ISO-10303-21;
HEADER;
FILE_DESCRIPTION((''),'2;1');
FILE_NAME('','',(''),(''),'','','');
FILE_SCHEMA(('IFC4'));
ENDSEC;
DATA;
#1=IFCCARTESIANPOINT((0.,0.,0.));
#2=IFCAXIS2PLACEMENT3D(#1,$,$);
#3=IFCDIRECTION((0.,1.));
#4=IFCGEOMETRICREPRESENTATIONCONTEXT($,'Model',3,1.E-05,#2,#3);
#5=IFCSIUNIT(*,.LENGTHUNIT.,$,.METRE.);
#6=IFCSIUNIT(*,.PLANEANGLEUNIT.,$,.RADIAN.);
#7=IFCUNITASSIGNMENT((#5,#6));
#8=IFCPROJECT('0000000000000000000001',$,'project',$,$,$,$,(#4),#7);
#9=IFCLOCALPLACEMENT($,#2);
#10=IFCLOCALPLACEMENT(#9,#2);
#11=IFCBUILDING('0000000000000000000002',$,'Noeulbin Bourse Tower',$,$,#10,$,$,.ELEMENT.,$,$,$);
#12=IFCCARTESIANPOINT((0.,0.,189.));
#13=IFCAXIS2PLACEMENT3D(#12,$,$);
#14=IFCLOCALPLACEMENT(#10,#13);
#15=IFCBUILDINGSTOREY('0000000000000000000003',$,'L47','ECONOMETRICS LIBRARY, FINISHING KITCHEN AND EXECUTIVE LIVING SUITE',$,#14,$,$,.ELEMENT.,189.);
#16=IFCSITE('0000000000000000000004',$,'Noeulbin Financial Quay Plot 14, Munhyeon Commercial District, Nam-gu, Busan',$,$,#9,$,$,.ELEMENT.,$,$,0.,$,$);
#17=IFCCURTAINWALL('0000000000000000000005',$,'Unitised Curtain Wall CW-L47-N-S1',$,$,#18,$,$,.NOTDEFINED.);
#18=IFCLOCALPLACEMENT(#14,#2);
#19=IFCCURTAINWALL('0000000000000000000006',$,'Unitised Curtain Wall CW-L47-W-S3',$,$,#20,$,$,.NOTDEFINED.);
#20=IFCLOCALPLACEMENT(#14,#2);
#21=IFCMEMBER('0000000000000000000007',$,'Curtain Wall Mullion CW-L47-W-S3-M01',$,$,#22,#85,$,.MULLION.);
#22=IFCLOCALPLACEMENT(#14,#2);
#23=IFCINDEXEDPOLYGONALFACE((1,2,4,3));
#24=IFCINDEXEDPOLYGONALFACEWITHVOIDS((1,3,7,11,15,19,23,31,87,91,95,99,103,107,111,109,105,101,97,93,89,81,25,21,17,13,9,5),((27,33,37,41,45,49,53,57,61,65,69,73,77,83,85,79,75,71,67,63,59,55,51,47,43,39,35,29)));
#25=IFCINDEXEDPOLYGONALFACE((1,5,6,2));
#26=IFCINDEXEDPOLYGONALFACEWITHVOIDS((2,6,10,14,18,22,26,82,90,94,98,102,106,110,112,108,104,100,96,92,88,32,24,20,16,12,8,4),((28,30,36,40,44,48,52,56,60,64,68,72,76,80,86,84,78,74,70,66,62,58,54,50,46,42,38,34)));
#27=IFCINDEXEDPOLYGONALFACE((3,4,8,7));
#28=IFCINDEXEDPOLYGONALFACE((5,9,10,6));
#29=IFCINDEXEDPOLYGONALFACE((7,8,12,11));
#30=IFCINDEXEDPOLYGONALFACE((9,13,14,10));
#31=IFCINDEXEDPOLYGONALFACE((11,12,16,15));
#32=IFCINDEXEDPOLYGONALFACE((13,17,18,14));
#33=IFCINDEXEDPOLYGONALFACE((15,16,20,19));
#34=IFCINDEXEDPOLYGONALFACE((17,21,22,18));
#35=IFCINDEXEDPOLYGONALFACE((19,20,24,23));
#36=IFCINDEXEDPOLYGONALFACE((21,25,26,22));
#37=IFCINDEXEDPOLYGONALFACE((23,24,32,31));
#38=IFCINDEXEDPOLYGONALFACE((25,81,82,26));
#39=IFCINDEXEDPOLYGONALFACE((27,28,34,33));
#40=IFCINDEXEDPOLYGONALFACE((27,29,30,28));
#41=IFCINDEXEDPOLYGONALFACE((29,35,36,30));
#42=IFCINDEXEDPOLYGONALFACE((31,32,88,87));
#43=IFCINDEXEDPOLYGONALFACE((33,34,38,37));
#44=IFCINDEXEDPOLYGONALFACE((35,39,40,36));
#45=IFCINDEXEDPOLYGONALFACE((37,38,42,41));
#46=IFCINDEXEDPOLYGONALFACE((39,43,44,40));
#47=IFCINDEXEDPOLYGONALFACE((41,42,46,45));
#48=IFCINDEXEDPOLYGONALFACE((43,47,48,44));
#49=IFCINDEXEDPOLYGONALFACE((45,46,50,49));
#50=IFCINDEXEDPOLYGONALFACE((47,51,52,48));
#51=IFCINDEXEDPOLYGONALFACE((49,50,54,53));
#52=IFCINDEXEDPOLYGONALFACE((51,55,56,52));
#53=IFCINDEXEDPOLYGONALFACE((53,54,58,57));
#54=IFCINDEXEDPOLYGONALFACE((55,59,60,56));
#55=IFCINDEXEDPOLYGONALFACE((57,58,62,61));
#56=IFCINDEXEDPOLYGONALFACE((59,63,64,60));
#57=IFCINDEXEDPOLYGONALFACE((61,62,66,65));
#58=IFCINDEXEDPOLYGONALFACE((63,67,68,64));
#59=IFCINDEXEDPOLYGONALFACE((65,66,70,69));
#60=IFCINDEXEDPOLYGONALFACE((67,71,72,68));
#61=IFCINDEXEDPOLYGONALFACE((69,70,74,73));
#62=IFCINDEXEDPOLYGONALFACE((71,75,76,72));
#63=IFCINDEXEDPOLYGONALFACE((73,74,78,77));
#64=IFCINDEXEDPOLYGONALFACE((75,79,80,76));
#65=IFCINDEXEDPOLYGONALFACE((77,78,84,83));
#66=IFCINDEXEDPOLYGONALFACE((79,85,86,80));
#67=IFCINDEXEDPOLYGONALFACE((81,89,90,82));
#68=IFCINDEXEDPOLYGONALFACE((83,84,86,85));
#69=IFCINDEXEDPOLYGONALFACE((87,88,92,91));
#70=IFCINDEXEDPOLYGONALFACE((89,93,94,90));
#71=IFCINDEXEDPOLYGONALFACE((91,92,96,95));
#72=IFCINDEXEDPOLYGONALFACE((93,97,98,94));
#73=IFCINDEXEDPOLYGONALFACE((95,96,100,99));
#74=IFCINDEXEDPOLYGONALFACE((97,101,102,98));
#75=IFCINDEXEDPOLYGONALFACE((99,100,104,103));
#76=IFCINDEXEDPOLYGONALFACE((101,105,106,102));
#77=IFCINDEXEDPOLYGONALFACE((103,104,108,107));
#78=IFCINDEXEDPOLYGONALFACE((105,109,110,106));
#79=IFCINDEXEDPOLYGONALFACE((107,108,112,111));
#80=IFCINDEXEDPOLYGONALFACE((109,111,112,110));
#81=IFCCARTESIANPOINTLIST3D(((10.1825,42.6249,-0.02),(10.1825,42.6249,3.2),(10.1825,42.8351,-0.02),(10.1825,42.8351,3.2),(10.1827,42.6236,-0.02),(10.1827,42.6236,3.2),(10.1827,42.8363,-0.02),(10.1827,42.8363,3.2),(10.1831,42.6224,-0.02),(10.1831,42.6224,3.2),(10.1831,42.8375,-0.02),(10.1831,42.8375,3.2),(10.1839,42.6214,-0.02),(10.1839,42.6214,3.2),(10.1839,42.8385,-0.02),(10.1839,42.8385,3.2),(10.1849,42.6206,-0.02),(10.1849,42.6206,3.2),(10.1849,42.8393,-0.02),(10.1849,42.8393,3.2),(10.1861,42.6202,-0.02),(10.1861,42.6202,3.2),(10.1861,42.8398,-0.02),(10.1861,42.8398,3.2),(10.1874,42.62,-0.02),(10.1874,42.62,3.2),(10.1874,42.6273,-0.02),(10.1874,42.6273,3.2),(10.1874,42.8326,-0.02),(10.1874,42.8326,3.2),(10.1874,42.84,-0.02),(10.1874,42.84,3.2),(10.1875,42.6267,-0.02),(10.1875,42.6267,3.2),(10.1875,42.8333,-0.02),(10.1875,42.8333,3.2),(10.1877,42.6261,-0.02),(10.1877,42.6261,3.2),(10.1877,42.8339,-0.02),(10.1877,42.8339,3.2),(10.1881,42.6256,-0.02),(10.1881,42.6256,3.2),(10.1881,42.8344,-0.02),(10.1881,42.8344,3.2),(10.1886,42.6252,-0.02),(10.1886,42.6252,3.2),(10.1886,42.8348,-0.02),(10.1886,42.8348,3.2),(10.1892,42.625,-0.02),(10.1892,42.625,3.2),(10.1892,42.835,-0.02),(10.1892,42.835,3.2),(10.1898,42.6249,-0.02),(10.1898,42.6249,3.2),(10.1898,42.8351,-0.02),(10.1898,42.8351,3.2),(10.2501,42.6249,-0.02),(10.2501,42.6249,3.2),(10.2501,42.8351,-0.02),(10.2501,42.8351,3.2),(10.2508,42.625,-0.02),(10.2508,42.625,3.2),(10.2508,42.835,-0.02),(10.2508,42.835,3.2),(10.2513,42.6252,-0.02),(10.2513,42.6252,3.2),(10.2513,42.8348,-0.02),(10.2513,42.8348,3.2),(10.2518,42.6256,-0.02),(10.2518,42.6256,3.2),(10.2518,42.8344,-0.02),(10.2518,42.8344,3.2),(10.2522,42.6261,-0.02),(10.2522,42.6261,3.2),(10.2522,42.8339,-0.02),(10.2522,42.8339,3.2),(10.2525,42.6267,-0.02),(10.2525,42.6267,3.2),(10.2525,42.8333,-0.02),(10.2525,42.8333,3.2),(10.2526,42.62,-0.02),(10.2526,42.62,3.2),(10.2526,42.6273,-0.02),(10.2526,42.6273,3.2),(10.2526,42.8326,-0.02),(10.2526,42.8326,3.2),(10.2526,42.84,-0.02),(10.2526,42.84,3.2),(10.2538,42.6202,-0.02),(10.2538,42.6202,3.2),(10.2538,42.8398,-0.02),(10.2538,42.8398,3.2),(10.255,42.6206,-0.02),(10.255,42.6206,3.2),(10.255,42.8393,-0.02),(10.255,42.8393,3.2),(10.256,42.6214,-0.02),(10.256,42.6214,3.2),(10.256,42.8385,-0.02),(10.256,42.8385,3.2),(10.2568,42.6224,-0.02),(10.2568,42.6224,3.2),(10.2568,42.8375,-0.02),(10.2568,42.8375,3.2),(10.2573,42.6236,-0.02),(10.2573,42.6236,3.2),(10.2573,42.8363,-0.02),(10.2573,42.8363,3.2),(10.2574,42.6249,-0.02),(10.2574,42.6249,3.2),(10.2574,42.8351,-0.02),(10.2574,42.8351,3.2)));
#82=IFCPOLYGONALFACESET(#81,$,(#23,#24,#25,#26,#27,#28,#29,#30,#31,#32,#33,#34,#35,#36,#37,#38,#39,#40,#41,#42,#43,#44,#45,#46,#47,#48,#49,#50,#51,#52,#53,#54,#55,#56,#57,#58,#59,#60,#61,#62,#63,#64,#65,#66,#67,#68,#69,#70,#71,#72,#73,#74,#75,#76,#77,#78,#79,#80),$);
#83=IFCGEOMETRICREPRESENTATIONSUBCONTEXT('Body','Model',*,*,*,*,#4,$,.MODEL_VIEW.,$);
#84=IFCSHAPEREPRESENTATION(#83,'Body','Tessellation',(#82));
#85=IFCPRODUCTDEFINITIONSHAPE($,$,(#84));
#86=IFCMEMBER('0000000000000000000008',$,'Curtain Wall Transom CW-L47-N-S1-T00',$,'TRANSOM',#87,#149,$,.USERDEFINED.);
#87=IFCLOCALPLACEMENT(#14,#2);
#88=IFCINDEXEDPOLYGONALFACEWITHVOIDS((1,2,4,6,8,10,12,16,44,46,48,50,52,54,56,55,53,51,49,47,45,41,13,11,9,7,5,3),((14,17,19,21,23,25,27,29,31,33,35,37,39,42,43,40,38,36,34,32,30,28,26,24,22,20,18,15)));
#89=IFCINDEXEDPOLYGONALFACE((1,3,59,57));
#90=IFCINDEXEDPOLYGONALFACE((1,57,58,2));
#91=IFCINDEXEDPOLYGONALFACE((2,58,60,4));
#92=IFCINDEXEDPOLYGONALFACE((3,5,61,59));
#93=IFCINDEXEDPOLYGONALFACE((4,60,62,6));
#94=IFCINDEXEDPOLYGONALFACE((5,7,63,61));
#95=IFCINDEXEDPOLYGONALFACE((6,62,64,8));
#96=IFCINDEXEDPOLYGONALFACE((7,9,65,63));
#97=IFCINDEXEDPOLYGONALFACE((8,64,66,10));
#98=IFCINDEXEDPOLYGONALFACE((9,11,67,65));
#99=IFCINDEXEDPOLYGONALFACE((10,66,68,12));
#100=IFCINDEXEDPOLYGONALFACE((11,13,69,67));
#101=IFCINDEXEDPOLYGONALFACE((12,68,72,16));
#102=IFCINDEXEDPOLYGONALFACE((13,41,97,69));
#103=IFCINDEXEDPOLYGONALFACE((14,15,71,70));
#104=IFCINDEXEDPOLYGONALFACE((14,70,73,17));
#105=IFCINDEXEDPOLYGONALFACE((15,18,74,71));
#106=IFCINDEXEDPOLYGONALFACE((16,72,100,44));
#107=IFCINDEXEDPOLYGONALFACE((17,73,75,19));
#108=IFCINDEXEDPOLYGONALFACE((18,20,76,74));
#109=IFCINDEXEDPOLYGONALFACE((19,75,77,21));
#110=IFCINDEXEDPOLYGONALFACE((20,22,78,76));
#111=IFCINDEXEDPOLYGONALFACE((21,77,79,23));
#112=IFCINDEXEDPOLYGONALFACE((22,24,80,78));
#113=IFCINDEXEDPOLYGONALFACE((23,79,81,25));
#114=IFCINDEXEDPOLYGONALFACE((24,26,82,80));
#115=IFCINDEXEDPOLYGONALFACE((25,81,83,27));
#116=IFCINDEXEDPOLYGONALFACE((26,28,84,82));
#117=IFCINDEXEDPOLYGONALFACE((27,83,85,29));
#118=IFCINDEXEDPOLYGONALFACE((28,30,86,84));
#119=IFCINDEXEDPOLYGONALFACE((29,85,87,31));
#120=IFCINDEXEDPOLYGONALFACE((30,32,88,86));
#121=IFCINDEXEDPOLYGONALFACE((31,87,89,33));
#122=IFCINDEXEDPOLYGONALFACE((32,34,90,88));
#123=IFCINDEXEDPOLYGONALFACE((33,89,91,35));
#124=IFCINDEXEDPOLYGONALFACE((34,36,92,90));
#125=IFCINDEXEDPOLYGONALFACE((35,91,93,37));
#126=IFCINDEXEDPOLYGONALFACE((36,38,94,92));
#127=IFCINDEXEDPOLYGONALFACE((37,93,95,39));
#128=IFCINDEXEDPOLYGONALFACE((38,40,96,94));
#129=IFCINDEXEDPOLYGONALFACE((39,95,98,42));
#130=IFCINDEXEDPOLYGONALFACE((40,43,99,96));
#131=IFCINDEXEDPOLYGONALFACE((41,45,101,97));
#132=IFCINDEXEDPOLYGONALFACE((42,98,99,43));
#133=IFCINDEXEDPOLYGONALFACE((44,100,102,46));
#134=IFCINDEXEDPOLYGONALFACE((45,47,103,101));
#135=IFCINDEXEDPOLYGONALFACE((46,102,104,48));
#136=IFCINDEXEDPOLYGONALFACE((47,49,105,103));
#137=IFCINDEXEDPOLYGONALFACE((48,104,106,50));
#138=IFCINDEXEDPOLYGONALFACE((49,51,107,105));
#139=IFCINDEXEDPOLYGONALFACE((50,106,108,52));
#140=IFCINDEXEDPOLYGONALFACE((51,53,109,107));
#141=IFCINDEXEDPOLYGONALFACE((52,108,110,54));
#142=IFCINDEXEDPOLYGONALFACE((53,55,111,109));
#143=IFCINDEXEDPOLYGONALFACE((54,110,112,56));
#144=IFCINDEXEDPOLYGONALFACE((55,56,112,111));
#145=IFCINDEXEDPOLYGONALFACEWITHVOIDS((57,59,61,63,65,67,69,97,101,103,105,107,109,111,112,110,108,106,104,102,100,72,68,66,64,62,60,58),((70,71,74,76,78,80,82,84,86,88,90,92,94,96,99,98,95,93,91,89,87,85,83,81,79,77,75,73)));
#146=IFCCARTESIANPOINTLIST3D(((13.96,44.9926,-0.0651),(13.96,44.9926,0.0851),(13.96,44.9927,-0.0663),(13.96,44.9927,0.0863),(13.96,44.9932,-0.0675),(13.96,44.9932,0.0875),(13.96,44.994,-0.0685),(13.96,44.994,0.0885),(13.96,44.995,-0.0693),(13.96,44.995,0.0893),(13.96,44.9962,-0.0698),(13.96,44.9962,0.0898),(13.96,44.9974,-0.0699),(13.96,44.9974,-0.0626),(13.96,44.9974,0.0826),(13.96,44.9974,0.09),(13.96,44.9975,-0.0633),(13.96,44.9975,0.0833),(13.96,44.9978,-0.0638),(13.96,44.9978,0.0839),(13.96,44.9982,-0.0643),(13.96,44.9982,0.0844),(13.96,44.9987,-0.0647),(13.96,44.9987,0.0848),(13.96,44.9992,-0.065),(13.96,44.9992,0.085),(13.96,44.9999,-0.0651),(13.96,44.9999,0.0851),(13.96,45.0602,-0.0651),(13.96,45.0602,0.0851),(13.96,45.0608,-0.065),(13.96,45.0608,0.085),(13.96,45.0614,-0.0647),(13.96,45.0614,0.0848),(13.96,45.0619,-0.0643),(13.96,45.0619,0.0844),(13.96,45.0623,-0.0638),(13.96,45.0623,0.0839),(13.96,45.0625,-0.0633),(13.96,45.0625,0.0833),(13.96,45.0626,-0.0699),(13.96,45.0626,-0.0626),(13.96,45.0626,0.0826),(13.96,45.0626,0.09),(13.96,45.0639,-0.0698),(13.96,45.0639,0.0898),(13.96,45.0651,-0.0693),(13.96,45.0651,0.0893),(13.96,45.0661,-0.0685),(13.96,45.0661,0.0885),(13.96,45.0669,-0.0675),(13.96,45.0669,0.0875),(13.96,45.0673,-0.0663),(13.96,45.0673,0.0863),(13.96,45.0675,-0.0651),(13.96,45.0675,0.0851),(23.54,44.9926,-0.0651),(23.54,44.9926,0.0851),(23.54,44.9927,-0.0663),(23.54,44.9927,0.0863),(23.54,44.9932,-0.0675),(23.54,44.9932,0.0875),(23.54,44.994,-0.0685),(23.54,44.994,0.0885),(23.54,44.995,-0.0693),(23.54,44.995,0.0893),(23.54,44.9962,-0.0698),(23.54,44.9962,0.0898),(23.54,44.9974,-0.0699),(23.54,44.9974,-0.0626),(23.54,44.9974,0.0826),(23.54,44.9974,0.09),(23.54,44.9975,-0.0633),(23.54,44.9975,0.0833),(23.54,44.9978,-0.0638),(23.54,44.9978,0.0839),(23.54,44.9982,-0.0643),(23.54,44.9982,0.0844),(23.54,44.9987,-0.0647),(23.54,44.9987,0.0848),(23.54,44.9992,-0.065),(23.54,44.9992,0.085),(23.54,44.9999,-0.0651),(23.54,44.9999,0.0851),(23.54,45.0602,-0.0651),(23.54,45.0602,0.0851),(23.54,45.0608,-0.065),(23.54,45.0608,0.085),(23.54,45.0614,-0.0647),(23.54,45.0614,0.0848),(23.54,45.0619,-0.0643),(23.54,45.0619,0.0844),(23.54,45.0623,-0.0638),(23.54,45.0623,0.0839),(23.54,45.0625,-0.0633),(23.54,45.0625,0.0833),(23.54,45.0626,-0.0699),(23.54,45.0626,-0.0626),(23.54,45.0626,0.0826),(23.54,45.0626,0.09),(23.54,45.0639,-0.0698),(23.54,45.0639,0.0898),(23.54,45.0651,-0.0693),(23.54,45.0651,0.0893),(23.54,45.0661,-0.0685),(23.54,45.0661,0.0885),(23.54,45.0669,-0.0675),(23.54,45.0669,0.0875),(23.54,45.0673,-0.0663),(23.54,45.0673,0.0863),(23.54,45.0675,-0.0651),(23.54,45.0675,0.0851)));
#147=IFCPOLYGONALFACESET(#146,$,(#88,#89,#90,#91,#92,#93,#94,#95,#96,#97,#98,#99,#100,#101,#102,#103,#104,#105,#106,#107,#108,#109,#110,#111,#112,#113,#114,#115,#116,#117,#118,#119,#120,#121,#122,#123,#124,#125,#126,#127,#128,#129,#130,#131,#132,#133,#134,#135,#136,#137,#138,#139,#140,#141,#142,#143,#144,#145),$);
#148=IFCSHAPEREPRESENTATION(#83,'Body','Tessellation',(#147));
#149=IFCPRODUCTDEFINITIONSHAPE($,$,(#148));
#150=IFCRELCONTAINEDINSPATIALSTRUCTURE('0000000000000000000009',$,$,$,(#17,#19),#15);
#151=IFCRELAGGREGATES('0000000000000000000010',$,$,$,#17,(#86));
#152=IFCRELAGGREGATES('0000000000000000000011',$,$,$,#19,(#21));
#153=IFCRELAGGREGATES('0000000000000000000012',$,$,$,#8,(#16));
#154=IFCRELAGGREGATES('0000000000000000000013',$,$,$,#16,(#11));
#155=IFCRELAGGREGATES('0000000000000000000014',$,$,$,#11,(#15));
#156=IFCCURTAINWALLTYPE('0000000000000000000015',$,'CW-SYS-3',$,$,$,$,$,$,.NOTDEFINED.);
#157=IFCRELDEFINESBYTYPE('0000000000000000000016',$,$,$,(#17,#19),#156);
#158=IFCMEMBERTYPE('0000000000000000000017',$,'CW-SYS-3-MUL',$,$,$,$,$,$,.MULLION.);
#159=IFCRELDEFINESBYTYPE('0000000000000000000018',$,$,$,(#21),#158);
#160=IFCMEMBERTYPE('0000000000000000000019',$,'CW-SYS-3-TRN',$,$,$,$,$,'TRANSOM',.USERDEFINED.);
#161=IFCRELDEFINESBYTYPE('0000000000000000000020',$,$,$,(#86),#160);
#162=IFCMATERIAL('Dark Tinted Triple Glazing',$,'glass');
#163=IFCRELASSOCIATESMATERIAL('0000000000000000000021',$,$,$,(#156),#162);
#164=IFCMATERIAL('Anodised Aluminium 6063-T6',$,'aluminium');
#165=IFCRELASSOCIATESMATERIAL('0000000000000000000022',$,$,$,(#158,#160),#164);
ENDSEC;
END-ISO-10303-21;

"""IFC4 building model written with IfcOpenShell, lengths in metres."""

from ifc_helpers import new_model, si_unit, direction, frame, origin, origin_2d, place, context, subcontext, project, spatial, hollow_rectangle, extrude, material, material_profile, profile_set, type_object, element, aggregate, save


model = new_model("IFC4")

# Units and contexts
model_context = context("Model", 3, precision=1e-05, world=origin(), true_north=direction((0.0, 1.0)))
body_context = subcontext(model_context, "Body", "Model", "MODEL_VIEW")
ifc_project = project(units=[si_unit("LENGTHUNIT", "METRE"), si_unit("PLANEANGLEUNIT", "RADIAN")], contexts=[model_context])

# Site, building, storey
site_placement = place(None, origin())
site = spatial("IfcSite", under=ifc_project, at=site_placement, Name="Noeulbin Financial Quay Plot 14, Munhyeon Commercial District, Nam-gu, Busan", CompositionType="ELEMENT", RefElevation=0.0)
building_placement = place(site_placement, origin())
building = spatial("IfcBuilding", under=site, at=building_placement, Name="Noeulbin Bourse Tower", CompositionType="ELEMENT")
storey_placement = place(building_placement, frame((0.0, 0.0, 189.0)))
storey = spatial("IfcBuildingStorey", under=building, at=storey_placement, Name="L47", Description="ECONOMETRICS LIBRARY, FINISHING KITCHEN AND EXECUTIVE LIVING SUITE", CompositionType="ELEMENT", Elevation=189.0)

# Curtain wall
ifc_material_1 = material(Name="Dark Tinted Triple Glazing", Category="glass")
curtain_wall_type = type_object("IfcCurtainWallType", Name="CW-SYS-3", PredefinedType="NOTDEFINED", material=ifc_material_1)
curtain_wall_1_placement = place(storey_placement, origin())
curtain_wall_1 = element("IfcCurtainWall", 1, at=curtain_wall_1_placement, inside=storey, type_object=curtain_wall_type, Name="Unitised Curtain Wall CW-L47-N-S1", PredefinedType="NOTDEFINED")
ifc_material_2 = material(Name="Anodised Aluminium 6063-T6", Category="aluminium")
ifc_material_profile_1 = material_profile(ifc_material_2, hollow_rectangle(XDim=0.075, YDim=0.22, WallThickness=0.0049, InnerFilletRadius=0.0024, OuterFilletRadius=0.0049, at=origin_2d()), Name="ALU-MULL-75x220x5", Category="LoadBearing")
ifc_profile_set_1 = profile_set([ifc_material_profile_1], Name="Anodised Aluminium 6063-T6")
member_type_1 = type_object("IfcMemberType", Name="CW-SYS-3-MUL", PredefinedType="MULLION", material=ifc_profile_set_1)

# Curtain wall, member
curtain_wall_2_placement = place(storey_placement, origin())
curtain_wall_2 = element("IfcCurtainWall", 2, at=curtain_wall_2_placement, inside=storey, type_object=curtain_wall_type, Name="Unitised Curtain Wall CW-L47-W-S3", PredefinedType="NOTDEFINED")
member_1_placement = place(storey_placement, frame((10.22, 42.73, -0.02), z_axis=(0.0, 0.0, 1.0), x_axis=(1.0, 0.0, 0.0)))
member_1 = element("IfcMember", 3, at=member_1_placement, type_object=member_type_1, Name="Curtain Wall Mullion CW-L47-W-S3-M01", PredefinedType="MULLION", context=body_context, shape_type="SweptSolid", body=[
    extrude(hollow_rectangle(XDim=0.075, YDim=0.22, WallThickness=0.0049, InnerFilletRadius=0.0024, OuterFilletRadius=0.0049, at=origin_2d()), origin(), (0.0, 0.0, 1.0), 3.22),
])

# Member
ifc_material_profile_2 = material_profile(ifc_material_2, hollow_rectangle(XDim=0.075, YDim=0.1599, WallThickness=0.0049, InnerFilletRadius=0.0024, OuterFilletRadius=0.0049, at=origin_2d()), Name="ALU-TRAN-75x160x5", Category="LoadBearing")
ifc_profile_set_2 = profile_set([ifc_material_profile_2], Name="Anodised Aluminium 6063-T6")
member_type_2 = type_object("IfcMemberType", Name="CW-SYS-3-TRN", ElementType="TRANSOM", PredefinedType="USERDEFINED", material=ifc_profile_set_2)
member_2_placement = place(storey_placement, frame((13.96, 45.03, 0.01), z_axis=(1.0, 0.0, 0.0), x_axis=(0.0, 1.0, 0.0)))
member_2 = element("IfcMember", 4, at=member_2_placement, type_object=member_type_2, Name="Curtain Wall Transom CW-L47-N-S1-T00", ObjectType="TRANSOM", PredefinedType="USERDEFINED", context=body_context, shape_type="SweptSolid", body=[
    extrude(hollow_rectangle(XDim=0.075, YDim=0.1599, WallThickness=0.0049, InnerFilletRadius=0.0024, OuterFilletRadius=0.0049, at=origin_2d()), origin(), (0.0, 0.0, 1.0), 9.5801),
])
aggregate(curtain_wall_1, [member_2])

aggregate(curtain_wall_2, [member_1])

save(model, "model.ifc")
